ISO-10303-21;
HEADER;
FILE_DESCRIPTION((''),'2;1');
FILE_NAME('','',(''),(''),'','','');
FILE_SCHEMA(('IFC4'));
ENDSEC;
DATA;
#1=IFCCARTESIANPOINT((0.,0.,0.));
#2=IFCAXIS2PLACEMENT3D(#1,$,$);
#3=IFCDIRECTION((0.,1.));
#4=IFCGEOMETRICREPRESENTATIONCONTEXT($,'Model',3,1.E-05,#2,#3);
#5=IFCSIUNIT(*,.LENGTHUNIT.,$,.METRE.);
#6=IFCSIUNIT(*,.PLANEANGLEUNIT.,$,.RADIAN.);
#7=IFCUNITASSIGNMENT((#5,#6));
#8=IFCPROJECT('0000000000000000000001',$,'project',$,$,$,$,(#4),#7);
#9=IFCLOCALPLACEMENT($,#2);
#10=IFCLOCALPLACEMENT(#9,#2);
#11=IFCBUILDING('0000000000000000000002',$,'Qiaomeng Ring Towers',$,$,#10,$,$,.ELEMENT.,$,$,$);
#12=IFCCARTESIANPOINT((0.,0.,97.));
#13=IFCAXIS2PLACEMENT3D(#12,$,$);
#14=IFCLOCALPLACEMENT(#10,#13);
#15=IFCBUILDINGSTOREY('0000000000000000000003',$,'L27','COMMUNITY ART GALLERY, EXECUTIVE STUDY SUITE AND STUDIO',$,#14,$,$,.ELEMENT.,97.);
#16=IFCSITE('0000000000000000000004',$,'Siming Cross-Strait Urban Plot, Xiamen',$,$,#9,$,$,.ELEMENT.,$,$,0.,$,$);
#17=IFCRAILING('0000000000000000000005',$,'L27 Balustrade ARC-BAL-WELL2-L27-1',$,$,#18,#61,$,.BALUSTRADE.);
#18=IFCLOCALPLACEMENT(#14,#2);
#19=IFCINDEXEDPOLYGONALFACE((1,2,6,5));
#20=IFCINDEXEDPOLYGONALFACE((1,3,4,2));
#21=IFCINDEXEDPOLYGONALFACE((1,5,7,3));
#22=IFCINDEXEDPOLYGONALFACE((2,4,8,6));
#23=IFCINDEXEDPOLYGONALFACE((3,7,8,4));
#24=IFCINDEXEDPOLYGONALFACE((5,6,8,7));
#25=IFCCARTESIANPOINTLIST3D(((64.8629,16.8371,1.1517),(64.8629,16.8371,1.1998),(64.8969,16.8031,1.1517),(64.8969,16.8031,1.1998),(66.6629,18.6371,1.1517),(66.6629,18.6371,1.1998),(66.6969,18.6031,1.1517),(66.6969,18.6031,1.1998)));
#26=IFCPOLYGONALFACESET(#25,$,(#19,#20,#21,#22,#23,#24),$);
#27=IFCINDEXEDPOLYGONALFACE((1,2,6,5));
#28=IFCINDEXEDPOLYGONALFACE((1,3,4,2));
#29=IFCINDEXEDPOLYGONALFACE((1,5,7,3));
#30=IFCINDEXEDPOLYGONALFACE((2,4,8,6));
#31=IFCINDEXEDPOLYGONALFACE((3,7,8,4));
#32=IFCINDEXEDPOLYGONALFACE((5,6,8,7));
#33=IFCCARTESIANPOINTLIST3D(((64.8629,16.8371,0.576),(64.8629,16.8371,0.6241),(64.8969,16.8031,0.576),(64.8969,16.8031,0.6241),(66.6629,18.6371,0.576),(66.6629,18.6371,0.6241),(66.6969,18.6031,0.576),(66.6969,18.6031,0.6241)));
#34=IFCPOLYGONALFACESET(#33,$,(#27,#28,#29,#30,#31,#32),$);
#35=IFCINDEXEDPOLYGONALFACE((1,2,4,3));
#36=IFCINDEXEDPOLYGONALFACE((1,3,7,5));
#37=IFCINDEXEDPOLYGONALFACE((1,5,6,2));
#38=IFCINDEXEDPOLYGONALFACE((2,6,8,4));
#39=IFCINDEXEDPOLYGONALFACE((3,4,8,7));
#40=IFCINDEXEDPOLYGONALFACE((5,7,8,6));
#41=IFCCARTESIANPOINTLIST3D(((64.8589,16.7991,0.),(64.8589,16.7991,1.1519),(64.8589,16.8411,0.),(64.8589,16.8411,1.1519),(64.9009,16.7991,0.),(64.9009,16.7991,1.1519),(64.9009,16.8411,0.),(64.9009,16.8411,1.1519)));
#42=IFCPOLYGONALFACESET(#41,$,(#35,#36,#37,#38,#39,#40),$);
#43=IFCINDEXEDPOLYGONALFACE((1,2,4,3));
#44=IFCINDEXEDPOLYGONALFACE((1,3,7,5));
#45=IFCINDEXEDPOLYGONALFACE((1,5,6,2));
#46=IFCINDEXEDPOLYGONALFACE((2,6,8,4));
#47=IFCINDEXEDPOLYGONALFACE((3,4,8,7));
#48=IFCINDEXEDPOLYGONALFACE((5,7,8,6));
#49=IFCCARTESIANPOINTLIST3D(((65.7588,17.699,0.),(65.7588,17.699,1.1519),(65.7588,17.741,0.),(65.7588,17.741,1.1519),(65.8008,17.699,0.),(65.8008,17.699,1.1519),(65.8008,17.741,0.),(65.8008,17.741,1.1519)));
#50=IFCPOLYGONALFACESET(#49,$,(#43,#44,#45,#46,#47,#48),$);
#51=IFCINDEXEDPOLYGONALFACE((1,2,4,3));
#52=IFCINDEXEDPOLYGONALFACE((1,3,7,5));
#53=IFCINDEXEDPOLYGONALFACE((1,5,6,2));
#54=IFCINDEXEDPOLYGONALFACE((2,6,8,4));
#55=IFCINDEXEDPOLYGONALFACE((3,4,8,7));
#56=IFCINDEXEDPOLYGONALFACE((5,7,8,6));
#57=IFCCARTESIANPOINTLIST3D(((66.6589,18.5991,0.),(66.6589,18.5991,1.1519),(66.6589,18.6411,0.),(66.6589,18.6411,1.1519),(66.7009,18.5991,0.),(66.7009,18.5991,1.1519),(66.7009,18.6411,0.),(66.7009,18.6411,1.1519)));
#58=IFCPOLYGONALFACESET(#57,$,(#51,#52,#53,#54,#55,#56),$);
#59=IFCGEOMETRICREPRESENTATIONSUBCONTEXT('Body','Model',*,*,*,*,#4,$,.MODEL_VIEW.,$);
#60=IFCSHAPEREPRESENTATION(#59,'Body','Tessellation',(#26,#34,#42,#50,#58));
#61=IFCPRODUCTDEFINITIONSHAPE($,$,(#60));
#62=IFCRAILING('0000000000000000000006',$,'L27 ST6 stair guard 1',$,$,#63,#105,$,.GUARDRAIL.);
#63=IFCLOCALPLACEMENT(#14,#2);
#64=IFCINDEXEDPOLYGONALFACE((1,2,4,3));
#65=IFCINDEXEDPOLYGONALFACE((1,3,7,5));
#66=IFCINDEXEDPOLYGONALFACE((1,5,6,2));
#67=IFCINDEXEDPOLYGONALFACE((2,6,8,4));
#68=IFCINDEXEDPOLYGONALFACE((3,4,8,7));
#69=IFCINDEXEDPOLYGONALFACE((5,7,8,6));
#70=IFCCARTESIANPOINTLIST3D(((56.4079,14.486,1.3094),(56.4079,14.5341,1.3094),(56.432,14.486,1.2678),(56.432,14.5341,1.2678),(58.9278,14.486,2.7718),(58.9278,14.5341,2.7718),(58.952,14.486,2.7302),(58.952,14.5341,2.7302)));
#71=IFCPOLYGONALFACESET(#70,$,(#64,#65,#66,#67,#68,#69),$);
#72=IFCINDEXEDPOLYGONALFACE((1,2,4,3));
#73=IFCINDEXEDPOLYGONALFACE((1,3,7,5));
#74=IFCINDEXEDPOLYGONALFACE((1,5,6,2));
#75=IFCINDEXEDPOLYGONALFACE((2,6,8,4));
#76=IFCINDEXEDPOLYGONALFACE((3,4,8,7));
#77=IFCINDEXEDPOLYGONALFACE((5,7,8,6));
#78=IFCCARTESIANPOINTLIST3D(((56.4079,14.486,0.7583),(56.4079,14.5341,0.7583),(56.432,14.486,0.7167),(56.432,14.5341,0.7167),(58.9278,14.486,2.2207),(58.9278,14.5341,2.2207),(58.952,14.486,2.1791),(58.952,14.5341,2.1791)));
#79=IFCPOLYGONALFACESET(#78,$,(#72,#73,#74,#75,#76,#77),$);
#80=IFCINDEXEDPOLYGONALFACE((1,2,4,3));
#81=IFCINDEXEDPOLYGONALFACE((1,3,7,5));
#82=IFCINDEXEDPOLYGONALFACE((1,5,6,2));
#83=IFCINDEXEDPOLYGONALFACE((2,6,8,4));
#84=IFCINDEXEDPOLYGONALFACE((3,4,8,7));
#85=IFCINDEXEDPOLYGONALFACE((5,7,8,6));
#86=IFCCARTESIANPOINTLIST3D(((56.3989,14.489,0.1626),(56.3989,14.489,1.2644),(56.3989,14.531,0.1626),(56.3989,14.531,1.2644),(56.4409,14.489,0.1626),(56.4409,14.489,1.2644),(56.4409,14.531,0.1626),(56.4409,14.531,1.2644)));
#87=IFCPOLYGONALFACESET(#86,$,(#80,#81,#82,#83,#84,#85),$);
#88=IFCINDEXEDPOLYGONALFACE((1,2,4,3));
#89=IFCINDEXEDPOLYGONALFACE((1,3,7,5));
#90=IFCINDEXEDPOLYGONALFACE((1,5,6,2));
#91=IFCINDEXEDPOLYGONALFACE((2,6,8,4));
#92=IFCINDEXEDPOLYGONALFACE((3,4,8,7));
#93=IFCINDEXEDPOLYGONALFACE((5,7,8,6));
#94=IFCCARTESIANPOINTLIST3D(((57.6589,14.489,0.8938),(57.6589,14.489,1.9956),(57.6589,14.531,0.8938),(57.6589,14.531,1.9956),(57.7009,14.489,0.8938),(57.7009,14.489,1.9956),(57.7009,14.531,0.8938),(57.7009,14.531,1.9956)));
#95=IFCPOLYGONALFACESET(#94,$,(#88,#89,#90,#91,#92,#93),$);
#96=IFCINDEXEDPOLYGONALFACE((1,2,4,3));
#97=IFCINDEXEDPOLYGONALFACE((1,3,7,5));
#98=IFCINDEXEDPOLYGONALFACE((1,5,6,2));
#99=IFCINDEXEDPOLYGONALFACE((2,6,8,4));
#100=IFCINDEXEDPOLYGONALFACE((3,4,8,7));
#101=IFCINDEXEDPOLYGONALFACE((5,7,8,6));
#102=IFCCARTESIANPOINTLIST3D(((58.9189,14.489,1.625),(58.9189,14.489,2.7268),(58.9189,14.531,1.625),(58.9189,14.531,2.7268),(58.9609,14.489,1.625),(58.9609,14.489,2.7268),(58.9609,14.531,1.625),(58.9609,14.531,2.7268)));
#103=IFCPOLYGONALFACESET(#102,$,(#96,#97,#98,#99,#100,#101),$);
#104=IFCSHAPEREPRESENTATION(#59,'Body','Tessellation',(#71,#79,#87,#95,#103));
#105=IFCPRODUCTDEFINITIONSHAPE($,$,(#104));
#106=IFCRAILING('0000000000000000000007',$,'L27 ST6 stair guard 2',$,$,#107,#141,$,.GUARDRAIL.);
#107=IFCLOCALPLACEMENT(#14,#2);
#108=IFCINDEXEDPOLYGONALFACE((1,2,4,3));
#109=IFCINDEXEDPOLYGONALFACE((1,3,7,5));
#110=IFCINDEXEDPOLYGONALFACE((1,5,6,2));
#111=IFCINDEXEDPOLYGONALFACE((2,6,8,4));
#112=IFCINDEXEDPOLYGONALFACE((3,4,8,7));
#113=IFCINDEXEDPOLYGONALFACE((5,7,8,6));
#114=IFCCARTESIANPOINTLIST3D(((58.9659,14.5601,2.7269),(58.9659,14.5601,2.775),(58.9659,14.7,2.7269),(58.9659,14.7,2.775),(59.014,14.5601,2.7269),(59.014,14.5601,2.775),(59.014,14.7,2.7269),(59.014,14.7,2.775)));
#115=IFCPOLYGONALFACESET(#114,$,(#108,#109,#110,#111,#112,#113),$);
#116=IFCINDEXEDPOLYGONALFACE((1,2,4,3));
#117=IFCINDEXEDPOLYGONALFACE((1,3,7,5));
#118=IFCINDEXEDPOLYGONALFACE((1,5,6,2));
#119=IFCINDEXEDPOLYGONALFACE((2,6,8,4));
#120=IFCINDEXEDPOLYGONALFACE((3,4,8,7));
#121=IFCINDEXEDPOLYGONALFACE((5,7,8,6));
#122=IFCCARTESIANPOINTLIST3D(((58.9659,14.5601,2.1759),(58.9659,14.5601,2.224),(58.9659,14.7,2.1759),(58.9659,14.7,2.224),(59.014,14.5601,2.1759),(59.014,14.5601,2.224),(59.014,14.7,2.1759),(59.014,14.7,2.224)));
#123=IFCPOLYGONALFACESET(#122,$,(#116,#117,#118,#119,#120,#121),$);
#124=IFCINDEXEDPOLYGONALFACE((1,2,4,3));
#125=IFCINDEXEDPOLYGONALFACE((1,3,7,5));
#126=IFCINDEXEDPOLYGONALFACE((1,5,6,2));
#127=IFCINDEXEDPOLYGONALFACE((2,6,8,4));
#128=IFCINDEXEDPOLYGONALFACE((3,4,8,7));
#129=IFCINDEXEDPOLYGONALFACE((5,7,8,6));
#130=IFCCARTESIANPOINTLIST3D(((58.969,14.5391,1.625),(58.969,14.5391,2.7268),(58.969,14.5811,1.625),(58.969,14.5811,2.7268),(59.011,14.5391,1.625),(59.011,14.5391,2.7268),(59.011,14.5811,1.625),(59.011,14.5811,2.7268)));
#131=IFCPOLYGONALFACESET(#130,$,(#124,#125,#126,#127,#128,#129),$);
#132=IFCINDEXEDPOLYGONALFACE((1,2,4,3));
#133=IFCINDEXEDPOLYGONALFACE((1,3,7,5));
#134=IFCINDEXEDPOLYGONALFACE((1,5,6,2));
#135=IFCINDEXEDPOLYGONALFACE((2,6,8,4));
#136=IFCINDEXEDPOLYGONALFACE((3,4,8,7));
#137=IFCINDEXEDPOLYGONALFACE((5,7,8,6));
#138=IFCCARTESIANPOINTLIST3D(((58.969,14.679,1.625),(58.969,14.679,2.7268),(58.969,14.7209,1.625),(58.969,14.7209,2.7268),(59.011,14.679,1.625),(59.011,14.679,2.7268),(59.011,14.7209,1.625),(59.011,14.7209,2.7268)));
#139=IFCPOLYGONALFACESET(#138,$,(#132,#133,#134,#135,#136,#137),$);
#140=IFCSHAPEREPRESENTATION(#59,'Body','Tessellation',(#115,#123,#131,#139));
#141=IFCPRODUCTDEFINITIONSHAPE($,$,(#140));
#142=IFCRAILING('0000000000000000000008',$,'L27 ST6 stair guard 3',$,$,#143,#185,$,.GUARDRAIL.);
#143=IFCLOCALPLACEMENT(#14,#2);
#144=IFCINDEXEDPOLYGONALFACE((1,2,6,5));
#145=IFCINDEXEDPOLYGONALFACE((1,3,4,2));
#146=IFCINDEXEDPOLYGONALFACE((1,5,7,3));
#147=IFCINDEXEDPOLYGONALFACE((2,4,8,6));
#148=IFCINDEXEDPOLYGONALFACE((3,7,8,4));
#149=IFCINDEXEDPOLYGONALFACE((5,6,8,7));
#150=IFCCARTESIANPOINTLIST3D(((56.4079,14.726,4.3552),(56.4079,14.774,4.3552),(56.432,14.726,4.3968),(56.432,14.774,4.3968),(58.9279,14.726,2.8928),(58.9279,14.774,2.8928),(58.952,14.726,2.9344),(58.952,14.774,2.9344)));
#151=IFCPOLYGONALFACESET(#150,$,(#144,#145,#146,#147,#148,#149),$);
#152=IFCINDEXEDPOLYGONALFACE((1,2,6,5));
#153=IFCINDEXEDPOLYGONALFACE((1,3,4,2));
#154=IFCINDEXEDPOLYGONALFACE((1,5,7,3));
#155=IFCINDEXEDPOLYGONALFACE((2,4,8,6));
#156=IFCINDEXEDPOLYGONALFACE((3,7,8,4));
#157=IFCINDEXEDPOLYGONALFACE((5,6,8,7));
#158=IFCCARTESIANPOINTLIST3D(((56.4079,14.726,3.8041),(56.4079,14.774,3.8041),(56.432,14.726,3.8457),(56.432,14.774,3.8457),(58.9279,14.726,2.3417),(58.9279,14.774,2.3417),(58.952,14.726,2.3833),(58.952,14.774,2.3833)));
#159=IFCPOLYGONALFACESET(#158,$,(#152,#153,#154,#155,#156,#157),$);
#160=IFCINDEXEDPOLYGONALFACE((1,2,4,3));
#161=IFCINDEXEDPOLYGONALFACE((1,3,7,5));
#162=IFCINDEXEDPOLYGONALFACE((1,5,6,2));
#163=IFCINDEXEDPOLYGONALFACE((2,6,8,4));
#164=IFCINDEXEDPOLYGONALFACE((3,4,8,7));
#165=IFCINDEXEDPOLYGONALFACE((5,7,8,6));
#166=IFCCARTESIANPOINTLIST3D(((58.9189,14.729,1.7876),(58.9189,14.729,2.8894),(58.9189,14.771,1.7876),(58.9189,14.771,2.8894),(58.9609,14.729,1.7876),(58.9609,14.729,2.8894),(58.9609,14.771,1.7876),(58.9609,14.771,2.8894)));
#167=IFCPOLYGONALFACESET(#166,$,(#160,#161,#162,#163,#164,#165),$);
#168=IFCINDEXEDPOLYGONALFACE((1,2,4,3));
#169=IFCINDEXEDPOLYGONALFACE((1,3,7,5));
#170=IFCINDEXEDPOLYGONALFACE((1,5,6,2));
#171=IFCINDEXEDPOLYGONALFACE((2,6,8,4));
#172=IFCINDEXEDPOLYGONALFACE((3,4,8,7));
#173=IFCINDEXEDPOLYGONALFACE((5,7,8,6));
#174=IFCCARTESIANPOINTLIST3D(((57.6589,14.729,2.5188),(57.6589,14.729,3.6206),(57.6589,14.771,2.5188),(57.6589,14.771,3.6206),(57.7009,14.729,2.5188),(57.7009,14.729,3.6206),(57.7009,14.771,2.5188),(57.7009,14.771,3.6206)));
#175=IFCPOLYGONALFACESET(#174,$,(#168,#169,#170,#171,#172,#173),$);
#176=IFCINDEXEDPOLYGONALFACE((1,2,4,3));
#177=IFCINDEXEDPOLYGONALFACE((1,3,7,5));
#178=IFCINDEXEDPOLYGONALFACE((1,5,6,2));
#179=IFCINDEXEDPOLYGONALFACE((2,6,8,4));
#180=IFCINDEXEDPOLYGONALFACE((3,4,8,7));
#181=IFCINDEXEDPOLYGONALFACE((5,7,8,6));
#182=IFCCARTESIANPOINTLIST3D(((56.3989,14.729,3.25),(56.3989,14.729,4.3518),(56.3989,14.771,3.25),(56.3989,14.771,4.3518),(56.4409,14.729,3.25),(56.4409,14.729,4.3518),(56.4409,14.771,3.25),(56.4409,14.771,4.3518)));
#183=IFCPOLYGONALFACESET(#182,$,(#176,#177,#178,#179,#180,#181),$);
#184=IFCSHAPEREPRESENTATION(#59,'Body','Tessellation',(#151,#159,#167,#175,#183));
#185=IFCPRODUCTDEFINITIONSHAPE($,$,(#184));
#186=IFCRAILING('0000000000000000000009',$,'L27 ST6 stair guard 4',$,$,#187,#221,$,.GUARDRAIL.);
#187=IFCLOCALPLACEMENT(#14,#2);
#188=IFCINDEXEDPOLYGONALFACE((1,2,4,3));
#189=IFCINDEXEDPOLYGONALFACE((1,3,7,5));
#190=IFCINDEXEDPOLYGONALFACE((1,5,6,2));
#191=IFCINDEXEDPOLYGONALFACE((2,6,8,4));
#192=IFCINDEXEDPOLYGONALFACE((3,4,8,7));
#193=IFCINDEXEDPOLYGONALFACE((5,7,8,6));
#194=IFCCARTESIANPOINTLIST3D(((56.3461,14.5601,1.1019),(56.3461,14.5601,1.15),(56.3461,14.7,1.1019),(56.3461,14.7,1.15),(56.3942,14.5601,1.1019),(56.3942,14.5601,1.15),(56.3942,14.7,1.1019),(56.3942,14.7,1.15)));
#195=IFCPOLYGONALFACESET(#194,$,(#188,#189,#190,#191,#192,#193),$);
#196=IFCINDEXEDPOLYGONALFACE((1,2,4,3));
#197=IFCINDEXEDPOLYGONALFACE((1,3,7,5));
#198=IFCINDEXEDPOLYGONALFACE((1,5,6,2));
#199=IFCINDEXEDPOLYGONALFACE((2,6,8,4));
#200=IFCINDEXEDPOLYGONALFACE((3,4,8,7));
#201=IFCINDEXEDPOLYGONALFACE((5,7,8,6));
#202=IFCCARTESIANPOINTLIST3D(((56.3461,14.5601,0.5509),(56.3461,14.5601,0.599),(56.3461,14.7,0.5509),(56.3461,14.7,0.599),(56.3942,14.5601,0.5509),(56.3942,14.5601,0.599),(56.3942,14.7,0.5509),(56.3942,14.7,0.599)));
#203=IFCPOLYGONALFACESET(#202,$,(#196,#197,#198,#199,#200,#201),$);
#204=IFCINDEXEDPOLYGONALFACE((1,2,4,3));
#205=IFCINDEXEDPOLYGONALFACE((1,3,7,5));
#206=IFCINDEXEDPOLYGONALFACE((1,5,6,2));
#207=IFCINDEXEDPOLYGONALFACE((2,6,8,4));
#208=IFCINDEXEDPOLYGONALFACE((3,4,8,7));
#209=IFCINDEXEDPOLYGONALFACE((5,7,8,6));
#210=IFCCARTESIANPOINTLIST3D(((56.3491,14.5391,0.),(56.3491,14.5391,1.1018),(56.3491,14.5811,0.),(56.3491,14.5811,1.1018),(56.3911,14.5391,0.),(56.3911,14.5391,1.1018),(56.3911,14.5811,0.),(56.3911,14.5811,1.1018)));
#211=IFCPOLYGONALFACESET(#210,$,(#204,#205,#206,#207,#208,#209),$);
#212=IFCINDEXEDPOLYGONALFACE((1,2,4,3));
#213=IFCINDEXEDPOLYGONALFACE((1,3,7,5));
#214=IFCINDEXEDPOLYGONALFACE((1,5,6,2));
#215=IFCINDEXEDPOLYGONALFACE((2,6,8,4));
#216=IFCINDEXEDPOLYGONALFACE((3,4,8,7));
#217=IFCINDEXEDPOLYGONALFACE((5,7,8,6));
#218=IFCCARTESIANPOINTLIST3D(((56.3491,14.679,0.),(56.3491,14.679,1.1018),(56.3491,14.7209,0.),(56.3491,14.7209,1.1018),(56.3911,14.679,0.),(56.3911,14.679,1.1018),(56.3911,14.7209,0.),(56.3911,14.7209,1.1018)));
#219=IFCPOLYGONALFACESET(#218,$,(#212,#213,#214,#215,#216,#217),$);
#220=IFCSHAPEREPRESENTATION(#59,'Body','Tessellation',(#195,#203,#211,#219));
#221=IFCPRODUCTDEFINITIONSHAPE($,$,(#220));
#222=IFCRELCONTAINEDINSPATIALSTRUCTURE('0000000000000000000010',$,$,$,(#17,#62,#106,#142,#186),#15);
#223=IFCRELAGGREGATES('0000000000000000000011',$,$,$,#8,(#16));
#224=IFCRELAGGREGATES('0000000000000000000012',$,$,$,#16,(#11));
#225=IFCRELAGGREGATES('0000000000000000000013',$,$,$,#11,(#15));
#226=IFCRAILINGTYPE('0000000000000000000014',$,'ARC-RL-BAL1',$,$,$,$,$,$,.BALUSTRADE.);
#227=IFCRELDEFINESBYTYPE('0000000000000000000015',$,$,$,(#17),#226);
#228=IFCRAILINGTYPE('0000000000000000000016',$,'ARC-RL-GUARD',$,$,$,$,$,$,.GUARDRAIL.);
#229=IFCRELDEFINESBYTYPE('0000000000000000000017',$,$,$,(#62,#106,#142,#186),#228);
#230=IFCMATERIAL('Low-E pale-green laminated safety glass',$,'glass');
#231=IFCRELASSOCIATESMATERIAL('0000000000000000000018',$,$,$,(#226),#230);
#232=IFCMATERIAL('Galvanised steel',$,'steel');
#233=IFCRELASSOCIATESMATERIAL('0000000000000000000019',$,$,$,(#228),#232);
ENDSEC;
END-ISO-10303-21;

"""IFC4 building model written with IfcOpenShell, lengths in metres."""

from ifc_helpers import new_model, si_unit, direction, frame, origin, origin_2d, place, context, subcontext, project, spatial, rectangle, extrude, material, type_object, element, save


model = new_model("IFC4")

# Units and contexts
model_context = context("Model", 3, precision=1e-05, world=origin(), true_north=direction((0.0, 1.0)))
body_context = subcontext(model_context, "Body", "Model", "MODEL_VIEW")
ifc_project = project(units=[si_unit("LENGTHUNIT", "METRE"), si_unit("PLANEANGLEUNIT", "RADIAN")], contexts=[model_context])

# Site, building, storey
site_placement = place(None, origin())
site = spatial("IfcSite", under=ifc_project, at=site_placement, Name="Siming Cross-Strait Urban Plot, Xiamen", CompositionType="ELEMENT", RefElevation=0.0)
building_placement = place(site_placement, origin())
building = spatial("IfcBuilding", under=site, at=building_placement, Name="Qiaomeng Ring Towers", CompositionType="ELEMENT")
storey_placement = place(building_placement, frame((0.0, 0.0, 97.0)))
storey = spatial("IfcBuildingStorey", under=building, at=storey_placement, Name="L27", Description="COMMUNITY ART GALLERY, EXECUTIVE STUDY SUITE AND STUDIO", CompositionType="ELEMENT", Elevation=97.0)

# Shared definitions
ifc_material_1 = material(Name="Galvanised steel", Category="steel")

# Railings
ifc_material_2 = material(Name="Low-E pale-green laminated safety glass", Category="glass")
railing_type_1 = type_object("IfcRailingType", Name="ARC-RL-BAL1", PredefinedType="BALUSTRADE", material=ifc_material_2)
railing_1_placement = place(storey_placement, frame((64.8799, 16.8201, 0.0)))
element("IfcRailing", 1, at=railing_1_placement, inside=storey, type_object=railing_type_1, Name="L27 Balustrade ARC-BAL-WELL2-L27-1", PredefinedType="BALUSTRADE", context=body_context, shape_type="SweptSolid", body=[
    extrude(rectangle(XDim=0.0481, YDim=0.0481, at=origin_2d()), frame((0.0, 0.0, 1.1758), z_axis=(0.707107, 0.707107, 0.0), x_axis=(-0.707107, 0.707107, 0.0)), (0.0, 0.0, 1.0), 2.5457),
    extrude(rectangle(XDim=0.0481, YDim=0.0481, at=origin_2d()), frame((0.0, 0.0, 0.6001), z_axis=(0.707107, 0.707107, 0.0), x_axis=(-0.707107, 0.707107, 0.0)), (0.0, 0.0, 1.0), 2.5457),
    extrude(rectangle(XDim=0.042, YDim=0.042, at=origin_2d()), origin(), (0.0, 0.0, 1.0), 1.1519),
    extrude(rectangle(XDim=0.042, YDim=0.042, at=origin_2d()), frame((0.8999, 0.8999, 0.0)), (0.0, 0.0, 1.0), 1.1519),
    extrude(rectangle(XDim=0.042, YDim=0.042, at=origin_2d()), frame((1.8, 1.8, 0.0)), (0.0, 0.0, 1.0), 1.1519),
])
railing_type_2 = type_object("IfcRailingType", Name="ARC-RL-GUARD", PredefinedType="GUARDRAIL", material=ifc_material_1)
railing_2_placement = place(storey_placement, frame((56.4199, 14.51, 0.1626)))
element("IfcRailing", 2, at=railing_2_placement, inside=storey, type_object=railing_type_2, Name="L27 ST6 stair guard 1", PredefinedType="GUARDRAIL", context=body_context, shape_type="SweptSolid", body=[
    extrude(rectangle(XDim=0.0481, YDim=0.0481, at=origin_2d()), frame((0.0, 0.0, 1.126), z_axis=(0.864913, 0.0, 0.501921), x_axis=(0.0, 1.0, 0.0)), (0.0, 0.0, 1.0), 2.9136),
    extrude(rectangle(XDim=0.0481, YDim=0.0481, at=origin_2d()), frame((0.0, 0.0, 0.575), z_axis=(0.864913, 0.0, 0.501921), x_axis=(0.0, 1.0, 0.0)), (0.0, 0.0, 1.0), 2.9136),
    extrude(rectangle(XDim=0.042, YDim=0.042, at=origin_2d()), origin(), (0.0, 0.0, 1.0), 1.1018),
    extrude(rectangle(XDim=0.042, YDim=0.042, at=origin_2d()), frame((1.26, 0.0, 0.7312)), (0.0, 0.0, 1.0), 1.1018),
    extrude(rectangle(XDim=0.042, YDim=0.042, at=origin_2d()), frame((2.52, 0.0, 1.4624)), (0.0, 0.0, 1.0), 1.1018),
])
railing_3_placement = place(storey_placement, frame((58.99, 14.5601, 1.625)))
element("IfcRailing", 3, at=railing_3_placement, inside=storey, type_object=railing_type_2, Name="L27 ST6 stair guard 2", PredefinedType="GUARDRAIL", context=body_context, shape_type="SweptSolid", body=[
    extrude(rectangle(XDim=0.0481, YDim=0.0481, at=origin_2d()), frame((0.0, 0.0, 1.126), z_axis=(0.0, 1.0, 0.0), x_axis=(-1.0, 0.0, 0.0)), (0.0, 0.0, 1.0), 0.1399),
    extrude(rectangle(XDim=0.0481, YDim=0.0481, at=origin_2d()), frame((0.0, 0.0, 0.575), z_axis=(0.0, 1.0, 0.0), x_axis=(-1.0, 0.0, 0.0)), (0.0, 0.0, 1.0), 0.1399),
    extrude(rectangle(XDim=0.042, YDim=0.042, at=origin_2d()), origin(), (0.0, 0.0, 1.0), 1.1018),
    extrude(rectangle(XDim=0.042, YDim=0.042, at=origin_2d()), frame((0.0, 0.1399, 0.0)), (0.0, 0.0, 1.0), 1.1018),
])
railing_4_placement = place(storey_placement, frame((58.9399, 14.75, 1.7876)))
element("IfcRailing", 4, at=railing_4_placement, inside=storey, type_object=railing_type_2, Name="L27 ST6 stair guard 3", PredefinedType="GUARDRAIL", context=body_context, shape_type="SweptSolid", body=[
    extrude(rectangle(XDim=0.0481, YDim=0.0481, at=origin_2d()), frame((0.0, 0.0, 1.126), z_axis=(-0.864913, 0.0, 0.501921), x_axis=(0.0, -1.0, 0.0)), (0.0, 0.0, 1.0), 2.9136),
    extrude(rectangle(XDim=0.0481, YDim=0.0481, at=origin_2d()), frame((0.0, 0.0, 0.575), z_axis=(-0.864913, 0.0, 0.501921), x_axis=(0.0, -1.0, 0.0)), (0.0, 0.0, 1.0), 2.9136),
    extrude(rectangle(XDim=0.042, YDim=0.042, at=origin_2d()), origin(), (0.0, 0.0, 1.0), 1.1018),
    extrude(rectangle(XDim=0.042, YDim=0.042, at=origin_2d()), frame((-1.26, 0.0, 0.7312)), (0.0, 0.0, 1.0), 1.1018),
    extrude(rectangle(XDim=0.042, YDim=0.042, at=origin_2d()), frame((-2.52, 0.0, 1.4624)), (0.0, 0.0, 1.0), 1.1018),
])
railing_5_placement = place(storey_placement, frame((56.3701, 14.5601, 0.0)))
element("IfcRailing", 5, at=railing_5_placement, inside=storey, type_object=railing_type_2, Name="L27 ST6 stair guard 4", PredefinedType="GUARDRAIL", context=body_context, shape_type="SweptSolid", body=[
    extrude(rectangle(XDim=0.0481, YDim=0.0481, at=origin_2d()), frame((0.0, 0.0, 1.126), z_axis=(0.0, 1.0, 0.0), x_axis=(-1.0, 0.0, 0.0)), (0.0, 0.0, 1.0), 0.1399),
    extrude(rectangle(XDim=0.0481, YDim=0.0481, at=origin_2d()), frame((0.0, 0.0, 0.575), z_axis=(0.0, 1.0, 0.0), x_axis=(-1.0, 0.0, 0.0)), (0.0, 0.0, 1.0), 0.1399),
    extrude(rectangle(XDim=0.042, YDim=0.042, at=origin_2d()), origin(), (0.0, 0.0, 1.0), 1.1018),
    extrude(rectangle(XDim=0.042, YDim=0.042, at=origin_2d()), frame((0.0, 0.1399, 0.0)), (0.0, 0.0, 1.0), 1.1018),
])

save(model, "model.ifc")
